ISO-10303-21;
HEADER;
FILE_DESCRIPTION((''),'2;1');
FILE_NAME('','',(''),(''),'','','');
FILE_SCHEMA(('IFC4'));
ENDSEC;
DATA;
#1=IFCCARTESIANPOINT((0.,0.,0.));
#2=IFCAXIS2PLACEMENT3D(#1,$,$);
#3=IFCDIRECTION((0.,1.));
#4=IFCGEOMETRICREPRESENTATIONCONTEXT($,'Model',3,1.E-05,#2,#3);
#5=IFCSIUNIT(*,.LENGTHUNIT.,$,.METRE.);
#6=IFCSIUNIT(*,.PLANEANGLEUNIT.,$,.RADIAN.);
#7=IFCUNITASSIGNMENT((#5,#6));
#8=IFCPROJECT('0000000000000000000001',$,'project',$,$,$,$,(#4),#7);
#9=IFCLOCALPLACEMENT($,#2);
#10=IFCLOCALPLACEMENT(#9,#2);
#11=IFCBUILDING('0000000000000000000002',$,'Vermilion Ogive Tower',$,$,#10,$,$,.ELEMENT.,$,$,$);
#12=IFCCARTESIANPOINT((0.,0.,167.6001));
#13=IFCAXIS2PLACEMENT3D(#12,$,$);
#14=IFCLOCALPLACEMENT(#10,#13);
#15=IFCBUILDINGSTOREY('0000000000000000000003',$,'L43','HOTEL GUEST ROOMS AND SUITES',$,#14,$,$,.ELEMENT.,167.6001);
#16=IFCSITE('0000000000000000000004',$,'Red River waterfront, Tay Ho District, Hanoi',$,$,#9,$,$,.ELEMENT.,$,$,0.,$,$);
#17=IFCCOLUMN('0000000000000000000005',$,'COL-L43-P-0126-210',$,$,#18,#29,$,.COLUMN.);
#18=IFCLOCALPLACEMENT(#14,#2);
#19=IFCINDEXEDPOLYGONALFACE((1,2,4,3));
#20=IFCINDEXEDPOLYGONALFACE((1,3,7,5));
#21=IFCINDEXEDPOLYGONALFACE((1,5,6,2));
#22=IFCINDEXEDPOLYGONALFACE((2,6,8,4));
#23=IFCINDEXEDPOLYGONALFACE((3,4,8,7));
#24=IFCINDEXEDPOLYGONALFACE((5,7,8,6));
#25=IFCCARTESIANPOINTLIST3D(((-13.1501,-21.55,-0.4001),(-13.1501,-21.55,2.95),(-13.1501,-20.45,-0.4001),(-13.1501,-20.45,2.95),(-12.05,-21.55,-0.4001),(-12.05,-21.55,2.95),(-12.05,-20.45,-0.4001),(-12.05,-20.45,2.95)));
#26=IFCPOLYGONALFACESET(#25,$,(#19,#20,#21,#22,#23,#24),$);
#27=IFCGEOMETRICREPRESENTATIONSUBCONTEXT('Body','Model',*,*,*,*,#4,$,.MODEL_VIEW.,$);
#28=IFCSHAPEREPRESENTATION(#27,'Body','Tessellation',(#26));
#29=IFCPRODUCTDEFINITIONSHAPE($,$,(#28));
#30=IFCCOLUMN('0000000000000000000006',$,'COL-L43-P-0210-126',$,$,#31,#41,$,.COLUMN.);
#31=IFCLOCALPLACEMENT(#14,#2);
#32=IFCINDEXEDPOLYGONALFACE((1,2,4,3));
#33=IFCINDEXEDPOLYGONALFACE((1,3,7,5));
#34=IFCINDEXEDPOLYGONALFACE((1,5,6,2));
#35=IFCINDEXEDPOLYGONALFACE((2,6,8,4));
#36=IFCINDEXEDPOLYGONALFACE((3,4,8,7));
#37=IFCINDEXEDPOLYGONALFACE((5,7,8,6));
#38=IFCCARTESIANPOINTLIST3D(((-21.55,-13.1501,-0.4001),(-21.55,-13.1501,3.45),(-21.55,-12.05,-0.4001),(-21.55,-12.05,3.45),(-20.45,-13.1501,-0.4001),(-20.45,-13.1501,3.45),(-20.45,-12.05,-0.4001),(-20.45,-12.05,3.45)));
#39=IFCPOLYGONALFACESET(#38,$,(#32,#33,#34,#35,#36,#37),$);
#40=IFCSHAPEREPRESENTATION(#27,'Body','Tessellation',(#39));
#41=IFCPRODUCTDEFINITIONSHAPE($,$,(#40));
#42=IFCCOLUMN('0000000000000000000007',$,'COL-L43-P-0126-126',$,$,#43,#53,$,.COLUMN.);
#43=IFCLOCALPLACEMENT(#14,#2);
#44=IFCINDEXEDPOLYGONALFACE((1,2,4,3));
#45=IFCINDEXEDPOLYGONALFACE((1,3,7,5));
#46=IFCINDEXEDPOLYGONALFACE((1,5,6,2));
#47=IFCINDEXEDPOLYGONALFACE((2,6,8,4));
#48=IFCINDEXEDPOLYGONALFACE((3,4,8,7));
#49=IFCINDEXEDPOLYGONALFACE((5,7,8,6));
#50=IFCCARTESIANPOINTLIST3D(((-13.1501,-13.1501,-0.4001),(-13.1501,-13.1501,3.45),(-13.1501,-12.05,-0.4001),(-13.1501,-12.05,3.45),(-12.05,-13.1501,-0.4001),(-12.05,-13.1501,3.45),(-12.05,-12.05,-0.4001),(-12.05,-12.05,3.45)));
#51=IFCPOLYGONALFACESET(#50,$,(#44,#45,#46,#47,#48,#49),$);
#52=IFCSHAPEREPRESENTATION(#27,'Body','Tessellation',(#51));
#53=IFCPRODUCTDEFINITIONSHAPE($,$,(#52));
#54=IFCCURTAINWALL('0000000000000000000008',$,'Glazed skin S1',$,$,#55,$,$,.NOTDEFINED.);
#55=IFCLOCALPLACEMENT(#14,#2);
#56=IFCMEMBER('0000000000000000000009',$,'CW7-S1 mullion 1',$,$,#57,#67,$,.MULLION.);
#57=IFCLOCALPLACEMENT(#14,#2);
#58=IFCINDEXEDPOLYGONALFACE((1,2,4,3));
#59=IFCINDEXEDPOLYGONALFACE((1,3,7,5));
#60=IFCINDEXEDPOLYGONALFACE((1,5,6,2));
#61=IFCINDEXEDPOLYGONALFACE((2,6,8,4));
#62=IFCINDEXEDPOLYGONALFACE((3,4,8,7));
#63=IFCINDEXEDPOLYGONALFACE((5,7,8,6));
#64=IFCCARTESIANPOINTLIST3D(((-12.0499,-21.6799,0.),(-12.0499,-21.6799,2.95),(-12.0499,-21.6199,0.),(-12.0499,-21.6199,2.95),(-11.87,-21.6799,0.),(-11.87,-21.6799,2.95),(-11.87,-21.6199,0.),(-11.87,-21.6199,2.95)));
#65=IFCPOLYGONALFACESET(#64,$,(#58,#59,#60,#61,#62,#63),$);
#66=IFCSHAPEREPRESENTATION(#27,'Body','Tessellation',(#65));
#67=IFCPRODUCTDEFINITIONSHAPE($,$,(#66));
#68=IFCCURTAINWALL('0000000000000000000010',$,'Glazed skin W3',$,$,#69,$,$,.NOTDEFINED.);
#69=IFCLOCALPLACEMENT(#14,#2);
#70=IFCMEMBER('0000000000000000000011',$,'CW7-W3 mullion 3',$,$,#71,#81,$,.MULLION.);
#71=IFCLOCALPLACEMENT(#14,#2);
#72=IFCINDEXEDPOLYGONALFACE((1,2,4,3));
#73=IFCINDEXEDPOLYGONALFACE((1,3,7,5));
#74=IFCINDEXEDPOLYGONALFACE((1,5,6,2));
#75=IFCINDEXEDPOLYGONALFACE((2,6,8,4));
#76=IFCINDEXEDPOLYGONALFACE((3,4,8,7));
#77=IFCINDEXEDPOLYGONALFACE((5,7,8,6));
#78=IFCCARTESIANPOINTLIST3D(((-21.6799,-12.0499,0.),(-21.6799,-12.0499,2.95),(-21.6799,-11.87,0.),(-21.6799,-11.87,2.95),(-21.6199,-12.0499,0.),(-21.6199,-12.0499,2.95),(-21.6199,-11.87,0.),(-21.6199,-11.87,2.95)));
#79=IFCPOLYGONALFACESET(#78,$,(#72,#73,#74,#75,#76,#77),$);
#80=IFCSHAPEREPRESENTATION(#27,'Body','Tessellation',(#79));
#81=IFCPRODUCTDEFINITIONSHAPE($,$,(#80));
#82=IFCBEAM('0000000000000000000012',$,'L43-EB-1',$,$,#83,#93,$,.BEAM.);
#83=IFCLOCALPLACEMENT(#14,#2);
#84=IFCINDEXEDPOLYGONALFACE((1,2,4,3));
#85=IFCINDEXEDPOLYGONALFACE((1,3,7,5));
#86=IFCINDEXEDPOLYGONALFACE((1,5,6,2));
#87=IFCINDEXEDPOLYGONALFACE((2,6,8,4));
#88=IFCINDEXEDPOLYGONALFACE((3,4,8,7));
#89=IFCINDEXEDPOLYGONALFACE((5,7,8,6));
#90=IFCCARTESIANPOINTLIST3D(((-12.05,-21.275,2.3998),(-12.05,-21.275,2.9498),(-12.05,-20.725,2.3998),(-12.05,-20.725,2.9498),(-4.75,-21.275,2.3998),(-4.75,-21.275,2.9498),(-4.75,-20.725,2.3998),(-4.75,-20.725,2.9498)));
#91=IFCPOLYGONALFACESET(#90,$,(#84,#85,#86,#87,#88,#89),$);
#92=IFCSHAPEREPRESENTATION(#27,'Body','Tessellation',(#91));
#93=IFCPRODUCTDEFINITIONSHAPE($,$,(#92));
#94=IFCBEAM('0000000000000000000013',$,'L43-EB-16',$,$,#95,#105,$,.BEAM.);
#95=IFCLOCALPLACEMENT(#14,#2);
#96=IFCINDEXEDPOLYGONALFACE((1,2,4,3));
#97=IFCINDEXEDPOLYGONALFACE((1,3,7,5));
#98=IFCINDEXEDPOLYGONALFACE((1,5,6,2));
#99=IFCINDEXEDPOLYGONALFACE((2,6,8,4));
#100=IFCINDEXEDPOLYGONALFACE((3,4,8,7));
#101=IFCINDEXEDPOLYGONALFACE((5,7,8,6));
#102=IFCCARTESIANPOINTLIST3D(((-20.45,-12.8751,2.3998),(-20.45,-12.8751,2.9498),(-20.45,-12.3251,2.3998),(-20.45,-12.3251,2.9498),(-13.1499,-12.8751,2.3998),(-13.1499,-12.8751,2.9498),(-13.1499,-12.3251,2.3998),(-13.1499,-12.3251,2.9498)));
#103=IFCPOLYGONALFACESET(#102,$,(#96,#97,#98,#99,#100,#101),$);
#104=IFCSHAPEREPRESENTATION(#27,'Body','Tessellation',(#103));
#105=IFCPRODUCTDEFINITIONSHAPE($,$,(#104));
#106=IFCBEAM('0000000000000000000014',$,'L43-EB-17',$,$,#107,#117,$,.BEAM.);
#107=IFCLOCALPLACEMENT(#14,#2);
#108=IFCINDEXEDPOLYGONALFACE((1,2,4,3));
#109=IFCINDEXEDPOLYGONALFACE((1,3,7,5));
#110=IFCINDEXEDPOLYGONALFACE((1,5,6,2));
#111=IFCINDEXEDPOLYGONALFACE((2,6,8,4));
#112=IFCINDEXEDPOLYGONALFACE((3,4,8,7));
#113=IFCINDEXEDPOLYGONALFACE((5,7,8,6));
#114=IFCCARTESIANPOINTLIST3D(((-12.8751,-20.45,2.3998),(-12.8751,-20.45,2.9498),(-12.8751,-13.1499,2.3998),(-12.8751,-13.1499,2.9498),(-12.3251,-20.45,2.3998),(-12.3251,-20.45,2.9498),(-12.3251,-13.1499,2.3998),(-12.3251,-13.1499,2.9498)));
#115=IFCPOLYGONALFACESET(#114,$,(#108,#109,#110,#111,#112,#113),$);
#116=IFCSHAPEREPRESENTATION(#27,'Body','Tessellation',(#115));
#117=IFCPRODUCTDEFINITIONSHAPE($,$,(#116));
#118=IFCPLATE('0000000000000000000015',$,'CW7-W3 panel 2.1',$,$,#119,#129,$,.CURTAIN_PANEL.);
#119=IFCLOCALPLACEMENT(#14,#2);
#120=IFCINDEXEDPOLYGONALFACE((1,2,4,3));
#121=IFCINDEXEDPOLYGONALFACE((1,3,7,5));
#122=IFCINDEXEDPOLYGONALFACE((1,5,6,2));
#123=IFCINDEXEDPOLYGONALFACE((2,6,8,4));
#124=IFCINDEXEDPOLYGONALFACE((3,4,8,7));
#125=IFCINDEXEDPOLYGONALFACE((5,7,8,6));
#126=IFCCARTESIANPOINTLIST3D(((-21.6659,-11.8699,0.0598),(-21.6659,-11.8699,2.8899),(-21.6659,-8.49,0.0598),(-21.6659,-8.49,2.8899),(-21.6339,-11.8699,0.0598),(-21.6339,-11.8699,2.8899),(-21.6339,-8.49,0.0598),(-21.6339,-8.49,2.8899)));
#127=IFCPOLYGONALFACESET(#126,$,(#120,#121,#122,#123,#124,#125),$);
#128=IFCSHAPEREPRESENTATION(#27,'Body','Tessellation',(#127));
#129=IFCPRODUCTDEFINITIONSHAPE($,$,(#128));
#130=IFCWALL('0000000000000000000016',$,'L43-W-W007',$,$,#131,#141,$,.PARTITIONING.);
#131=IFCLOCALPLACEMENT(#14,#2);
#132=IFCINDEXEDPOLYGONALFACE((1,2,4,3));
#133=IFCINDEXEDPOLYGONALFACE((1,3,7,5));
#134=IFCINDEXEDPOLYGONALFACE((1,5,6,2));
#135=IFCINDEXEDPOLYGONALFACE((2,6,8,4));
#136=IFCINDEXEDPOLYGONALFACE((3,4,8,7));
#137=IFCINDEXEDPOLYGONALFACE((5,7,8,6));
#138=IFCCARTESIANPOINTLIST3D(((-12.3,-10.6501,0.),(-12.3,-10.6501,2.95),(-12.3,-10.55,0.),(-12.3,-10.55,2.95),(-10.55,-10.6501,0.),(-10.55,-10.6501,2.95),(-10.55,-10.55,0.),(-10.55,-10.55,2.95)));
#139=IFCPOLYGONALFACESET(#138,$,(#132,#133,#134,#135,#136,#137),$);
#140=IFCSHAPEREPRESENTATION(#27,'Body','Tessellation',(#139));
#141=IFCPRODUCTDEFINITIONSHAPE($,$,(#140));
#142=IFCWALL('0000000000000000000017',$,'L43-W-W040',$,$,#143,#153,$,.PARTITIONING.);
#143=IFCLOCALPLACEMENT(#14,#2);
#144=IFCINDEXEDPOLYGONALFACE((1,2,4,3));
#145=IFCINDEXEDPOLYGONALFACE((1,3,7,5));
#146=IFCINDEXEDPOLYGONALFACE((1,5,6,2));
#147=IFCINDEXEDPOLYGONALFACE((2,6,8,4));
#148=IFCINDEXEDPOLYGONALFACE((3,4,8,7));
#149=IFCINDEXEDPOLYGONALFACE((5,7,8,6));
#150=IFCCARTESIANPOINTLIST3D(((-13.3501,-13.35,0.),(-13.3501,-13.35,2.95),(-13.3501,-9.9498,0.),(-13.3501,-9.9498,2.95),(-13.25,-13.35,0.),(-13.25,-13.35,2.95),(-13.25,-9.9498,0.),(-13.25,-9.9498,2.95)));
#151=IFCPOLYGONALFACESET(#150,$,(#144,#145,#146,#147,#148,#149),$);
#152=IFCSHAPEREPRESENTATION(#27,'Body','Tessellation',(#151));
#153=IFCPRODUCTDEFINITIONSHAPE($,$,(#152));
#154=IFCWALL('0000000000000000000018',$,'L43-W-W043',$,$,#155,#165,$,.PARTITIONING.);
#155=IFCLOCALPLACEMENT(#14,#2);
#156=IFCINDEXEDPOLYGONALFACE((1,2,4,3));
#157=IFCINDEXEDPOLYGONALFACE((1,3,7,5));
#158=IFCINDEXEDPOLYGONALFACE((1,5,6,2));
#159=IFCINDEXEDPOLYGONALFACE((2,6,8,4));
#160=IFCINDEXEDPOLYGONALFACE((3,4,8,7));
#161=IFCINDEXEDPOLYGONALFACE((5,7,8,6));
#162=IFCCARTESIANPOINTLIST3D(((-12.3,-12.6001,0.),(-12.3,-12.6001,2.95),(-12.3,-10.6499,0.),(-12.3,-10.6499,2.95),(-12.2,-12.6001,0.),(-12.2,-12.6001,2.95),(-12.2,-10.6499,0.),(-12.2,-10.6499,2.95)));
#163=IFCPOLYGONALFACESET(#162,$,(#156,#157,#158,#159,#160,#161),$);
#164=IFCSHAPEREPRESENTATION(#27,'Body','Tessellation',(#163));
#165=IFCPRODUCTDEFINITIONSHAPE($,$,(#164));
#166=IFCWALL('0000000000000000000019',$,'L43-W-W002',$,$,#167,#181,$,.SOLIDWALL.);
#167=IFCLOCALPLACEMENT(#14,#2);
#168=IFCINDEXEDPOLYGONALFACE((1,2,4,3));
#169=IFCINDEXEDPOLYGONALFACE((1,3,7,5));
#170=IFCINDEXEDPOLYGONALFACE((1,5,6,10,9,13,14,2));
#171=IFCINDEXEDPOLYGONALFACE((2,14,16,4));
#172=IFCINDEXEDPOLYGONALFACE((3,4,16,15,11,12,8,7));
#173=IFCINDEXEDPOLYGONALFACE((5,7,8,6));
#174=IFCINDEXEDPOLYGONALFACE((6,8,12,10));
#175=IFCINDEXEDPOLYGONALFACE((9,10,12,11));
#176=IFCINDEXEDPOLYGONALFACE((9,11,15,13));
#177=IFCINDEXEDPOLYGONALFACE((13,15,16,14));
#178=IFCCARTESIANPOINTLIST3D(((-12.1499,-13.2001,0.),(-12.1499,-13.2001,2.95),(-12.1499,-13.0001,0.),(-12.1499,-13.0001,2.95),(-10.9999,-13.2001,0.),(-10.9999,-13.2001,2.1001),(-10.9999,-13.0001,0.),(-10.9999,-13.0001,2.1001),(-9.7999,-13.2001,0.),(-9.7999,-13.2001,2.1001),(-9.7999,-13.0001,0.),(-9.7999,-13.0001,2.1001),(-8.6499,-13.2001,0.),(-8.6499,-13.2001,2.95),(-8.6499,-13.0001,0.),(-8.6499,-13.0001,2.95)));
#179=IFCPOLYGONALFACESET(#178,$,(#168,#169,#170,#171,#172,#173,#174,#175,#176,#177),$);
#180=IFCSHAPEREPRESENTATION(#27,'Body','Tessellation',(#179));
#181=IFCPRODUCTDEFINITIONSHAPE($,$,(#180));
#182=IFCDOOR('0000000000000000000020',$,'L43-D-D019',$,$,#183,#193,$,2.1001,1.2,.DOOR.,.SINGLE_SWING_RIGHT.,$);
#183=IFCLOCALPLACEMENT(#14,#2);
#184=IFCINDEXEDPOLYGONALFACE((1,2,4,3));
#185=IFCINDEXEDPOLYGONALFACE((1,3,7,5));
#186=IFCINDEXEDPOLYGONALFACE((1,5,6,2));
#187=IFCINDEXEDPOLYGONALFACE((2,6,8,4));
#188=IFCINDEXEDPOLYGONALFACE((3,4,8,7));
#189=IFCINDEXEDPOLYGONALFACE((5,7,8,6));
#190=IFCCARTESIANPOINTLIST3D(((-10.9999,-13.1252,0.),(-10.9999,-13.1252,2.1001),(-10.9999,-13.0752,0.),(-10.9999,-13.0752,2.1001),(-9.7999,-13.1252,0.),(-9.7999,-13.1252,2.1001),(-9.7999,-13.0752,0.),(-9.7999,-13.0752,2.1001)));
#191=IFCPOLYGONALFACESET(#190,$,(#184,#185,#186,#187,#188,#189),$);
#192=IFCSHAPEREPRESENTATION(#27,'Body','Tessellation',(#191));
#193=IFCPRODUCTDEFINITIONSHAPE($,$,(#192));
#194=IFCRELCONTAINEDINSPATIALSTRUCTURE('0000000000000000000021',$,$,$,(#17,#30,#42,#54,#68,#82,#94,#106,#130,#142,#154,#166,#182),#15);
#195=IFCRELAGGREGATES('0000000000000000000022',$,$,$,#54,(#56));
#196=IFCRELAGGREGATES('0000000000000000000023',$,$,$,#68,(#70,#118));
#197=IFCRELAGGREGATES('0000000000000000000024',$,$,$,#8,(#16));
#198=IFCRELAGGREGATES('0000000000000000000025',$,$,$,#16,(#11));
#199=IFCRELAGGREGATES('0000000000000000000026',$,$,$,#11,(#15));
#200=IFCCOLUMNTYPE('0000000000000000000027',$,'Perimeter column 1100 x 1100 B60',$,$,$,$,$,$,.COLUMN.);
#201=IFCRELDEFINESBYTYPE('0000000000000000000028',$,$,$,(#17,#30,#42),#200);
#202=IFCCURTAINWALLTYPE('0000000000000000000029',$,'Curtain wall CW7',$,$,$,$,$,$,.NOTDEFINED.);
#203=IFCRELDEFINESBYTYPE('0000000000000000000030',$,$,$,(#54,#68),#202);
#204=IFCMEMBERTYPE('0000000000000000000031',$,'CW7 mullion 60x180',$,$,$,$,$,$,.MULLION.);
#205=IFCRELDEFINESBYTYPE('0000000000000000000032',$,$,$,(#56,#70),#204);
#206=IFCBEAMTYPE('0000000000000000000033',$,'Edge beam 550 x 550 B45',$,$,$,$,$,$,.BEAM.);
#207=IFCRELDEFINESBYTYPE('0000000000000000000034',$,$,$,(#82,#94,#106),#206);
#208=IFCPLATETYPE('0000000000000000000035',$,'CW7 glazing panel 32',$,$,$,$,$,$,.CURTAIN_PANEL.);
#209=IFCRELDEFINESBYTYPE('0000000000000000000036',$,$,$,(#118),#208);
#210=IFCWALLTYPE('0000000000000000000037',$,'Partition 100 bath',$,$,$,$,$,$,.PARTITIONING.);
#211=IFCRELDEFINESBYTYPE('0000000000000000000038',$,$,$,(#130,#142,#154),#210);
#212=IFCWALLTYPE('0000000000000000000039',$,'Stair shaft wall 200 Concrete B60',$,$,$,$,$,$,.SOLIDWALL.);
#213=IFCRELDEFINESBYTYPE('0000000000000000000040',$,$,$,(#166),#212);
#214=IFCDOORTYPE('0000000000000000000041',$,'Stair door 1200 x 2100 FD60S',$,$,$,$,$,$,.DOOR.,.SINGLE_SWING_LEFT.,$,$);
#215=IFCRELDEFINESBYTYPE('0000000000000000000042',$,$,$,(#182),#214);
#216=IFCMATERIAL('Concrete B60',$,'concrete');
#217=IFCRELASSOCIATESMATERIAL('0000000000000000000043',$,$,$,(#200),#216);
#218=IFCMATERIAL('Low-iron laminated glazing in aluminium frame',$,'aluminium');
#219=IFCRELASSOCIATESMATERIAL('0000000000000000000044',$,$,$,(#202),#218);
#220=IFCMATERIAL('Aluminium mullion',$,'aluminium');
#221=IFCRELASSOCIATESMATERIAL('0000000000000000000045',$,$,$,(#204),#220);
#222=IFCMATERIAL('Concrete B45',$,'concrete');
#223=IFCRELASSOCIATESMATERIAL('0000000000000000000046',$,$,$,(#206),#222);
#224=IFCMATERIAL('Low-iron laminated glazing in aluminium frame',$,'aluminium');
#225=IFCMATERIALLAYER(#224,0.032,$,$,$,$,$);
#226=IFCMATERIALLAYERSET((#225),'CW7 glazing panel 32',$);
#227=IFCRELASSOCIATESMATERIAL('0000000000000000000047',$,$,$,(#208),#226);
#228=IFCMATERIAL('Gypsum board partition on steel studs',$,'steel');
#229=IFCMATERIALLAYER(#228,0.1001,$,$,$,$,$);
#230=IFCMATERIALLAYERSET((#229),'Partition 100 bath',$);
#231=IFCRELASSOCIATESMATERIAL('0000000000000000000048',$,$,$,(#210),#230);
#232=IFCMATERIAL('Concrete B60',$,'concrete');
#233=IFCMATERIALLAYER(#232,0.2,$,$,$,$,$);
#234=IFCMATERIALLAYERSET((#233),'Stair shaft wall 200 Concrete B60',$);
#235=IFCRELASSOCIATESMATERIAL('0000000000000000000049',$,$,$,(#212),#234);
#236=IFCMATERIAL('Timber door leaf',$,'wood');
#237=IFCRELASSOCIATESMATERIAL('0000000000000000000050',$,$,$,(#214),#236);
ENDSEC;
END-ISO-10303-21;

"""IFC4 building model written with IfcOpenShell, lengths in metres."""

from ifc_helpers import new_model, si_unit, direction, frame, frame_2d, origin, origin_2d, place, context, subcontext, project, spatial, rectangle, extrude, material, layer, layer_set, material_profile, profile_set, type_object, element, fill, aggregate, save


model = new_model("IFC4")

# Units and contexts
model_context = context("Model", 3, precision=1e-05, world=origin(), true_north=direction((0.0, 1.0)))
body_context = subcontext(model_context, "Body", "Model", "MODEL_VIEW")
ifc_project = project(units=[si_unit("LENGTHUNIT", "METRE"), si_unit("PLANEANGLEUNIT", "RADIAN")], contexts=[model_context])

# Site, building, storey
site_placement = place(None, origin())
site = spatial("IfcSite", under=ifc_project, at=site_placement, Name="Red River waterfront, Tay Ho District, Hanoi", CompositionType="ELEMENT", RefElevation=0.0)
building_placement = place(site_placement, origin())
building = spatial("IfcBuilding", under=site, at=building_placement, Name="Vermilion Ogive Tower", CompositionType="ELEMENT")
storey_placement = place(building_placement, frame((0.0, 0.0, 167.6001)))
storey = spatial("IfcBuildingStorey", under=building, at=storey_placement, Name="L43", Description="HOTEL GUEST ROOMS AND SUITES", CompositionType="ELEMENT", Elevation=167.6001)

# Columns
ifc_material_1 = material(Name="Concrete B60", Category="concrete")
ifc_material_profile_1 = material_profile(ifc_material_1, rectangle(XDim=1.1001, YDim=1.1001, at=origin_2d()), Name="1100 x 1100")
ifc_profile_set_1 = profile_set([ifc_material_profile_1], Name="Concrete B60")
column_type = type_object("IfcColumnType", Name="Perimeter column 1100 x 1100 B60", PredefinedType="COLUMN", material=ifc_profile_set_1)
column_placement = place(storey_placement, frame((-12.6001, -21.0, -0.4001), z_axis=(0.0, 0.0, 1.0), x_axis=(1.0, 0.0, 0.0)))
element("IfcColumn", 1, at=column_placement, inside=storey, type_object=column_type, Name="COL-L43-P-0126-210", PredefinedType="COLUMN", context=body_context, shape_type="SweptSolid", body=[
    extrude(rectangle(XDim=1.1001, YDim=1.1001, at=origin_2d()), origin(), (0.0, 0.0, 1.0), 3.3501),
])
for number, where, z_axis, x_axis, name in (
    (2, (-21.0, -12.6001, -0.4001), (0.0, 0.0, 1.0), (1.0, 0.0, 0.0), "COL-L43-P-0210-126"),
    (3, (-12.6001, -12.6001, -0.4001), (0.0, 0.0, 1.0), (1.0, 0.0, 0.0), "COL-L43-P-0126-126"),
):
    element("IfcColumn", number, at=place(storey_placement, frame(where, z_axis=z_axis, x_axis=x_axis)), inside=storey, type_object=column_type, Name=name, PredefinedType="COLUMN", context=body_context, shape_type="SweptSolid", body=[
        extrude(rectangle(XDim=1.1001, YDim=1.1001, at=origin_2d()), origin(), (0.0, 0.0, 1.0), 3.8501),
    ])

# Curtain walls, members
ifc_material_2 = material(Name="Low-iron laminated glazing in aluminium frame", Category="aluminium")
curtain_wall_type = type_object("IfcCurtainWallType", Name="Curtain wall CW7", PredefinedType="NOTDEFINED", material=ifc_material_2)
curtain_wall_1_placement = place(storey_placement, origin())
curtain_wall_1 = element("IfcCurtainWall", 4, at=curtain_wall_1_placement, inside=storey, type_object=curtain_wall_type, Name="Glazed skin S1", PredefinedType="NOTDEFINED")
ifc_material_3 = material(Name="Aluminium mullion", Category="aluminium")
ifc_material_profile_2 = material_profile(ifc_material_3, rectangle(XDim=0.0601, YDim=0.1799, at=origin_2d()), Name="AL 60x180")
ifc_profile_set_2 = profile_set([ifc_material_profile_2], Name="Aluminium mullion")
member_type = type_object("IfcMemberType", Name="CW7 mullion 60x180", PredefinedType="MULLION", material=ifc_profile_set_2)
member_1_placement = place(storey_placement, frame((-11.96, -21.6499, 0.0), z_axis=(0.0, 0.0, 1.0), x_axis=(0.0, 1.0, 0.0)))
member_1 = element("IfcMember", 5, at=member_1_placement, type_object=member_type, Name="CW7-S1 mullion 1", PredefinedType="MULLION", context=body_context, shape_type="SweptSolid", body=[
    extrude(rectangle(XDim=0.0601, YDim=0.1799, at=origin_2d()), origin(), (0.0, 0.0, 1.0), 2.95),
])
aggregate(curtain_wall_1, [member_1])
curtain_wall_2_placement = place(storey_placement, origin())
curtain_wall_2 = element("IfcCurtainWall", 6, at=curtain_wall_2_placement, inside=storey, type_object=curtain_wall_type, Name="Glazed skin W3", PredefinedType="NOTDEFINED")
member_2_placement = place(storey_placement, frame((-21.6499, -11.96, 0.0), z_axis=(0.0, 0.0, 1.0), x_axis=(1.0, 0.0, 0.0)))
member_2 = element("IfcMember", 7, at=member_2_placement, type_object=member_type, Name="CW7-W3 mullion 3", PredefinedType="MULLION", context=body_context, shape_type="SweptSolid", body=[
    extrude(rectangle(XDim=0.0601, YDim=0.1799, at=origin_2d()), origin(), (0.0, 0.0, 1.0), 2.95),
])

# Beams
ifc_material_4 = material(Name="Concrete B45", Category="concrete")
ifc_material_profile_3 = material_profile(ifc_material_4, rectangle(XDim=0.55, YDim=0.55, at=origin_2d()), Name="550 x 550")
ifc_profile_set_3 = profile_set([ifc_material_profile_3], Name="Concrete B45")
beam_type = type_object("IfcBeamType", Name="Edge beam 550 x 550 B45", PredefinedType="BEAM", material=ifc_profile_set_3)
for number, where, z_axis, x_axis, name in (
    (8, (-12.05, -21.0, 2.6748), (1.0, 0.0, 0.0), (0.0, 1.0, 0.0), "L43-EB-1"),
    (9, (-20.45, -12.6001, 2.6748), (1.0, 0.0, 0.0), (0.0, 1.0, 0.0), "L43-EB-16"),
    (10, (-12.6001, -13.1499, 2.6748), (0.0, -1.0, 0.0), (1.0, 0.0, 0.0), "L43-EB-17"),
):
    element("IfcBeam", number, at=place(storey_placement, frame(where, z_axis=z_axis, x_axis=x_axis)), inside=storey, type_object=beam_type, Name=name, PredefinedType="BEAM", context=body_context, shape_type="SweptSolid", body=[
        extrude(rectangle(XDim=0.55, YDim=0.55, at=origin_2d()), origin(), (0.0, 0.0, 1.0), 7.3),
    ])

# Plate
ifc_material_5 = material(Name="Low-iron laminated glazing in aluminium frame", Category="aluminium")
ifc_layer_1 = layer(ifc_material_5, 0.032)
ifc_layer_set_1 = layer_set([ifc_layer_1], Name="CW7 glazing panel 32")
plate_type = type_object("IfcPlateType", Name="CW7 glazing panel 32", PredefinedType="CURTAIN_PANEL", material=ifc_layer_set_1)
plate_placement = place(storey_placement, frame((-21.6499, -10.1799, 0.0598), z_axis=(0.0, 0.0, 1.0), x_axis=(0.0, -1.0, 0.0)))
plate = element("IfcPlate", 11, at=plate_placement, type_object=plate_type, Name="CW7-W3 panel 2.1", PredefinedType="CURTAIN_PANEL", context=body_context, shape_type="SweptSolid", body=[
    extrude(rectangle(XDim=3.3799, YDim=0.032, at=origin_2d()), origin(), (0.0, 0.0, 1.0), 2.8301),
])
aggregate(curtain_wall_2, [member_2, plate])

# Walls
ifc_material_6 = material(Name="Gypsum board partition on steel studs", Category="steel")
ifc_layer_2 = layer(ifc_material_6, 0.1001)
ifc_layer_set_2 = layer_set([ifc_layer_2], Name="Partition 100 bath")
wall_type_1 = type_object("IfcWallType", Name="Partition 100 bath", PredefinedType="PARTITIONING", material=ifc_layer_set_2)
wall_1_placement = place(storey_placement, frame((-12.3, -10.6001, 0.0), z_axis=(0.0, 0.0, 1.0), x_axis=(1.0, 0.0, 0.0)))
element("IfcWall", 12, at=wall_1_placement, inside=storey, type_object=wall_type_1, Name="L43-W-W007", PredefinedType="PARTITIONING", context=body_context, shape_type="SweptSolid", body=[
    extrude(rectangle(XDim=1.75, YDim=0.1001, at=frame_2d((0.875, 0.0))), origin(), (0.0, 0.0, 1.0), 2.95),
])
wall_2_placement = place(storey_placement, frame((-13.3, -13.3501, 0.0), z_axis=(0.0, 0.0, 1.0), x_axis=(0.0, 1.0, 0.0)))
element("IfcWall", 13, at=wall_2_placement, inside=storey, type_object=wall_type_1, Name="L43-W-W040", PredefinedType="PARTITIONING", context=body_context, shape_type="SweptSolid", body=[
    extrude(rectangle(XDim=3.4001, YDim=0.1001, at=frame_2d((1.7002, 0.0))), origin(), (0.0, 0.0, 1.0), 2.95),
])
wall_3_placement = place(storey_placement, frame((-12.25, -12.6001, 0.0), z_axis=(0.0, 0.0, 1.0), x_axis=(0.0, 1.0, 0.0)))
element("IfcWall", 14, at=wall_3_placement, inside=storey, type_object=wall_type_1, Name="L43-W-W043", PredefinedType="PARTITIONING", context=body_context, shape_type="SweptSolid", body=[
    extrude(rectangle(XDim=1.9502, YDim=0.1001, at=frame_2d((0.9751, 0.0))), origin(), (0.0, 0.0, 1.0), 2.95),
])

# Wall, opening, door
ifc_material_7 = material(Name="Concrete B60", Category="concrete")
ifc_layer_3 = layer(ifc_material_7, 0.2)
ifc_layer_set_3 = layer_set([ifc_layer_3], Name="Stair shaft wall 200 Concrete B60")
wall_type_2 = type_object("IfcWallType", Name="Stair shaft wall 200 Concrete B60", PredefinedType="SOLIDWALL", material=ifc_layer_set_3)
wall_4_placement = place(storey_placement, frame((-12.1499, -13.1001, 0.0), z_axis=(0.0, 0.0, 1.0), x_axis=(1.0, 0.0, 0.0)))
wall_4 = element("IfcWall", 15, at=wall_4_placement, inside=storey, type_object=wall_type_2, Name="L43-W-W002", PredefinedType="SOLIDWALL", context=body_context, shape_type="SweptSolid", body=[
    extrude(rectangle(XDim=3.5, YDim=0.2, at=frame_2d((1.75, 0.0))), origin(), (0.0, 0.0, 1.0), 2.95),
])
opening_1_placement = place(wall_4_placement, frame((1.1499, 0.0, 0.0)))
opening_1 = element("IfcOpeningElement", 16, at=opening_1_placement, cuts=wall_4, PredefinedType="OPENING", context=body_context, shape_type="SweptSolid", body=[
    extrude(rectangle(XDim=1.2, YDim=2.1001, at=frame_2d((0.6001, 1.05))), frame((0.0, 0.1099, 0.0), z_axis=(0.0, -1.0, 0.0), x_axis=(1.0, 0.0, 0.0)), (0.0, 0.0, 1.0), 0.22),
])
ifc_material_8 = material(Name="Timber door leaf", Category="wood")
door_type = type_object("IfcDoorType", Name="Stair door 1200 x 2100 FD60S", OperationType="SINGLE_SWING_LEFT", PredefinedType="DOOR", material=ifc_material_8)
door_placement = place(opening_1_placement, origin())
door = element("IfcDoor", 17, at=door_placement, inside=storey, type_object=door_type, Name="L43-D-D019", OperationType="SINGLE_SWING_RIGHT", OverallHeight=2.1001, OverallWidth=1.2, PredefinedType="DOOR", context=body_context, shape_type="SweptSolid", body=[
    extrude(rectangle(XDim=1.2, YDim=2.1001, at=frame_2d((0.6001, 1.05))), frame((0.0, 0.0249, 0.0), z_axis=(0.0, -1.0, 0.0), x_axis=(1.0, 0.0, 0.0)), (0.0, 0.0, 1.0), 0.05),
])
fill(opening_1, door)

save(model, "model.ifc")
